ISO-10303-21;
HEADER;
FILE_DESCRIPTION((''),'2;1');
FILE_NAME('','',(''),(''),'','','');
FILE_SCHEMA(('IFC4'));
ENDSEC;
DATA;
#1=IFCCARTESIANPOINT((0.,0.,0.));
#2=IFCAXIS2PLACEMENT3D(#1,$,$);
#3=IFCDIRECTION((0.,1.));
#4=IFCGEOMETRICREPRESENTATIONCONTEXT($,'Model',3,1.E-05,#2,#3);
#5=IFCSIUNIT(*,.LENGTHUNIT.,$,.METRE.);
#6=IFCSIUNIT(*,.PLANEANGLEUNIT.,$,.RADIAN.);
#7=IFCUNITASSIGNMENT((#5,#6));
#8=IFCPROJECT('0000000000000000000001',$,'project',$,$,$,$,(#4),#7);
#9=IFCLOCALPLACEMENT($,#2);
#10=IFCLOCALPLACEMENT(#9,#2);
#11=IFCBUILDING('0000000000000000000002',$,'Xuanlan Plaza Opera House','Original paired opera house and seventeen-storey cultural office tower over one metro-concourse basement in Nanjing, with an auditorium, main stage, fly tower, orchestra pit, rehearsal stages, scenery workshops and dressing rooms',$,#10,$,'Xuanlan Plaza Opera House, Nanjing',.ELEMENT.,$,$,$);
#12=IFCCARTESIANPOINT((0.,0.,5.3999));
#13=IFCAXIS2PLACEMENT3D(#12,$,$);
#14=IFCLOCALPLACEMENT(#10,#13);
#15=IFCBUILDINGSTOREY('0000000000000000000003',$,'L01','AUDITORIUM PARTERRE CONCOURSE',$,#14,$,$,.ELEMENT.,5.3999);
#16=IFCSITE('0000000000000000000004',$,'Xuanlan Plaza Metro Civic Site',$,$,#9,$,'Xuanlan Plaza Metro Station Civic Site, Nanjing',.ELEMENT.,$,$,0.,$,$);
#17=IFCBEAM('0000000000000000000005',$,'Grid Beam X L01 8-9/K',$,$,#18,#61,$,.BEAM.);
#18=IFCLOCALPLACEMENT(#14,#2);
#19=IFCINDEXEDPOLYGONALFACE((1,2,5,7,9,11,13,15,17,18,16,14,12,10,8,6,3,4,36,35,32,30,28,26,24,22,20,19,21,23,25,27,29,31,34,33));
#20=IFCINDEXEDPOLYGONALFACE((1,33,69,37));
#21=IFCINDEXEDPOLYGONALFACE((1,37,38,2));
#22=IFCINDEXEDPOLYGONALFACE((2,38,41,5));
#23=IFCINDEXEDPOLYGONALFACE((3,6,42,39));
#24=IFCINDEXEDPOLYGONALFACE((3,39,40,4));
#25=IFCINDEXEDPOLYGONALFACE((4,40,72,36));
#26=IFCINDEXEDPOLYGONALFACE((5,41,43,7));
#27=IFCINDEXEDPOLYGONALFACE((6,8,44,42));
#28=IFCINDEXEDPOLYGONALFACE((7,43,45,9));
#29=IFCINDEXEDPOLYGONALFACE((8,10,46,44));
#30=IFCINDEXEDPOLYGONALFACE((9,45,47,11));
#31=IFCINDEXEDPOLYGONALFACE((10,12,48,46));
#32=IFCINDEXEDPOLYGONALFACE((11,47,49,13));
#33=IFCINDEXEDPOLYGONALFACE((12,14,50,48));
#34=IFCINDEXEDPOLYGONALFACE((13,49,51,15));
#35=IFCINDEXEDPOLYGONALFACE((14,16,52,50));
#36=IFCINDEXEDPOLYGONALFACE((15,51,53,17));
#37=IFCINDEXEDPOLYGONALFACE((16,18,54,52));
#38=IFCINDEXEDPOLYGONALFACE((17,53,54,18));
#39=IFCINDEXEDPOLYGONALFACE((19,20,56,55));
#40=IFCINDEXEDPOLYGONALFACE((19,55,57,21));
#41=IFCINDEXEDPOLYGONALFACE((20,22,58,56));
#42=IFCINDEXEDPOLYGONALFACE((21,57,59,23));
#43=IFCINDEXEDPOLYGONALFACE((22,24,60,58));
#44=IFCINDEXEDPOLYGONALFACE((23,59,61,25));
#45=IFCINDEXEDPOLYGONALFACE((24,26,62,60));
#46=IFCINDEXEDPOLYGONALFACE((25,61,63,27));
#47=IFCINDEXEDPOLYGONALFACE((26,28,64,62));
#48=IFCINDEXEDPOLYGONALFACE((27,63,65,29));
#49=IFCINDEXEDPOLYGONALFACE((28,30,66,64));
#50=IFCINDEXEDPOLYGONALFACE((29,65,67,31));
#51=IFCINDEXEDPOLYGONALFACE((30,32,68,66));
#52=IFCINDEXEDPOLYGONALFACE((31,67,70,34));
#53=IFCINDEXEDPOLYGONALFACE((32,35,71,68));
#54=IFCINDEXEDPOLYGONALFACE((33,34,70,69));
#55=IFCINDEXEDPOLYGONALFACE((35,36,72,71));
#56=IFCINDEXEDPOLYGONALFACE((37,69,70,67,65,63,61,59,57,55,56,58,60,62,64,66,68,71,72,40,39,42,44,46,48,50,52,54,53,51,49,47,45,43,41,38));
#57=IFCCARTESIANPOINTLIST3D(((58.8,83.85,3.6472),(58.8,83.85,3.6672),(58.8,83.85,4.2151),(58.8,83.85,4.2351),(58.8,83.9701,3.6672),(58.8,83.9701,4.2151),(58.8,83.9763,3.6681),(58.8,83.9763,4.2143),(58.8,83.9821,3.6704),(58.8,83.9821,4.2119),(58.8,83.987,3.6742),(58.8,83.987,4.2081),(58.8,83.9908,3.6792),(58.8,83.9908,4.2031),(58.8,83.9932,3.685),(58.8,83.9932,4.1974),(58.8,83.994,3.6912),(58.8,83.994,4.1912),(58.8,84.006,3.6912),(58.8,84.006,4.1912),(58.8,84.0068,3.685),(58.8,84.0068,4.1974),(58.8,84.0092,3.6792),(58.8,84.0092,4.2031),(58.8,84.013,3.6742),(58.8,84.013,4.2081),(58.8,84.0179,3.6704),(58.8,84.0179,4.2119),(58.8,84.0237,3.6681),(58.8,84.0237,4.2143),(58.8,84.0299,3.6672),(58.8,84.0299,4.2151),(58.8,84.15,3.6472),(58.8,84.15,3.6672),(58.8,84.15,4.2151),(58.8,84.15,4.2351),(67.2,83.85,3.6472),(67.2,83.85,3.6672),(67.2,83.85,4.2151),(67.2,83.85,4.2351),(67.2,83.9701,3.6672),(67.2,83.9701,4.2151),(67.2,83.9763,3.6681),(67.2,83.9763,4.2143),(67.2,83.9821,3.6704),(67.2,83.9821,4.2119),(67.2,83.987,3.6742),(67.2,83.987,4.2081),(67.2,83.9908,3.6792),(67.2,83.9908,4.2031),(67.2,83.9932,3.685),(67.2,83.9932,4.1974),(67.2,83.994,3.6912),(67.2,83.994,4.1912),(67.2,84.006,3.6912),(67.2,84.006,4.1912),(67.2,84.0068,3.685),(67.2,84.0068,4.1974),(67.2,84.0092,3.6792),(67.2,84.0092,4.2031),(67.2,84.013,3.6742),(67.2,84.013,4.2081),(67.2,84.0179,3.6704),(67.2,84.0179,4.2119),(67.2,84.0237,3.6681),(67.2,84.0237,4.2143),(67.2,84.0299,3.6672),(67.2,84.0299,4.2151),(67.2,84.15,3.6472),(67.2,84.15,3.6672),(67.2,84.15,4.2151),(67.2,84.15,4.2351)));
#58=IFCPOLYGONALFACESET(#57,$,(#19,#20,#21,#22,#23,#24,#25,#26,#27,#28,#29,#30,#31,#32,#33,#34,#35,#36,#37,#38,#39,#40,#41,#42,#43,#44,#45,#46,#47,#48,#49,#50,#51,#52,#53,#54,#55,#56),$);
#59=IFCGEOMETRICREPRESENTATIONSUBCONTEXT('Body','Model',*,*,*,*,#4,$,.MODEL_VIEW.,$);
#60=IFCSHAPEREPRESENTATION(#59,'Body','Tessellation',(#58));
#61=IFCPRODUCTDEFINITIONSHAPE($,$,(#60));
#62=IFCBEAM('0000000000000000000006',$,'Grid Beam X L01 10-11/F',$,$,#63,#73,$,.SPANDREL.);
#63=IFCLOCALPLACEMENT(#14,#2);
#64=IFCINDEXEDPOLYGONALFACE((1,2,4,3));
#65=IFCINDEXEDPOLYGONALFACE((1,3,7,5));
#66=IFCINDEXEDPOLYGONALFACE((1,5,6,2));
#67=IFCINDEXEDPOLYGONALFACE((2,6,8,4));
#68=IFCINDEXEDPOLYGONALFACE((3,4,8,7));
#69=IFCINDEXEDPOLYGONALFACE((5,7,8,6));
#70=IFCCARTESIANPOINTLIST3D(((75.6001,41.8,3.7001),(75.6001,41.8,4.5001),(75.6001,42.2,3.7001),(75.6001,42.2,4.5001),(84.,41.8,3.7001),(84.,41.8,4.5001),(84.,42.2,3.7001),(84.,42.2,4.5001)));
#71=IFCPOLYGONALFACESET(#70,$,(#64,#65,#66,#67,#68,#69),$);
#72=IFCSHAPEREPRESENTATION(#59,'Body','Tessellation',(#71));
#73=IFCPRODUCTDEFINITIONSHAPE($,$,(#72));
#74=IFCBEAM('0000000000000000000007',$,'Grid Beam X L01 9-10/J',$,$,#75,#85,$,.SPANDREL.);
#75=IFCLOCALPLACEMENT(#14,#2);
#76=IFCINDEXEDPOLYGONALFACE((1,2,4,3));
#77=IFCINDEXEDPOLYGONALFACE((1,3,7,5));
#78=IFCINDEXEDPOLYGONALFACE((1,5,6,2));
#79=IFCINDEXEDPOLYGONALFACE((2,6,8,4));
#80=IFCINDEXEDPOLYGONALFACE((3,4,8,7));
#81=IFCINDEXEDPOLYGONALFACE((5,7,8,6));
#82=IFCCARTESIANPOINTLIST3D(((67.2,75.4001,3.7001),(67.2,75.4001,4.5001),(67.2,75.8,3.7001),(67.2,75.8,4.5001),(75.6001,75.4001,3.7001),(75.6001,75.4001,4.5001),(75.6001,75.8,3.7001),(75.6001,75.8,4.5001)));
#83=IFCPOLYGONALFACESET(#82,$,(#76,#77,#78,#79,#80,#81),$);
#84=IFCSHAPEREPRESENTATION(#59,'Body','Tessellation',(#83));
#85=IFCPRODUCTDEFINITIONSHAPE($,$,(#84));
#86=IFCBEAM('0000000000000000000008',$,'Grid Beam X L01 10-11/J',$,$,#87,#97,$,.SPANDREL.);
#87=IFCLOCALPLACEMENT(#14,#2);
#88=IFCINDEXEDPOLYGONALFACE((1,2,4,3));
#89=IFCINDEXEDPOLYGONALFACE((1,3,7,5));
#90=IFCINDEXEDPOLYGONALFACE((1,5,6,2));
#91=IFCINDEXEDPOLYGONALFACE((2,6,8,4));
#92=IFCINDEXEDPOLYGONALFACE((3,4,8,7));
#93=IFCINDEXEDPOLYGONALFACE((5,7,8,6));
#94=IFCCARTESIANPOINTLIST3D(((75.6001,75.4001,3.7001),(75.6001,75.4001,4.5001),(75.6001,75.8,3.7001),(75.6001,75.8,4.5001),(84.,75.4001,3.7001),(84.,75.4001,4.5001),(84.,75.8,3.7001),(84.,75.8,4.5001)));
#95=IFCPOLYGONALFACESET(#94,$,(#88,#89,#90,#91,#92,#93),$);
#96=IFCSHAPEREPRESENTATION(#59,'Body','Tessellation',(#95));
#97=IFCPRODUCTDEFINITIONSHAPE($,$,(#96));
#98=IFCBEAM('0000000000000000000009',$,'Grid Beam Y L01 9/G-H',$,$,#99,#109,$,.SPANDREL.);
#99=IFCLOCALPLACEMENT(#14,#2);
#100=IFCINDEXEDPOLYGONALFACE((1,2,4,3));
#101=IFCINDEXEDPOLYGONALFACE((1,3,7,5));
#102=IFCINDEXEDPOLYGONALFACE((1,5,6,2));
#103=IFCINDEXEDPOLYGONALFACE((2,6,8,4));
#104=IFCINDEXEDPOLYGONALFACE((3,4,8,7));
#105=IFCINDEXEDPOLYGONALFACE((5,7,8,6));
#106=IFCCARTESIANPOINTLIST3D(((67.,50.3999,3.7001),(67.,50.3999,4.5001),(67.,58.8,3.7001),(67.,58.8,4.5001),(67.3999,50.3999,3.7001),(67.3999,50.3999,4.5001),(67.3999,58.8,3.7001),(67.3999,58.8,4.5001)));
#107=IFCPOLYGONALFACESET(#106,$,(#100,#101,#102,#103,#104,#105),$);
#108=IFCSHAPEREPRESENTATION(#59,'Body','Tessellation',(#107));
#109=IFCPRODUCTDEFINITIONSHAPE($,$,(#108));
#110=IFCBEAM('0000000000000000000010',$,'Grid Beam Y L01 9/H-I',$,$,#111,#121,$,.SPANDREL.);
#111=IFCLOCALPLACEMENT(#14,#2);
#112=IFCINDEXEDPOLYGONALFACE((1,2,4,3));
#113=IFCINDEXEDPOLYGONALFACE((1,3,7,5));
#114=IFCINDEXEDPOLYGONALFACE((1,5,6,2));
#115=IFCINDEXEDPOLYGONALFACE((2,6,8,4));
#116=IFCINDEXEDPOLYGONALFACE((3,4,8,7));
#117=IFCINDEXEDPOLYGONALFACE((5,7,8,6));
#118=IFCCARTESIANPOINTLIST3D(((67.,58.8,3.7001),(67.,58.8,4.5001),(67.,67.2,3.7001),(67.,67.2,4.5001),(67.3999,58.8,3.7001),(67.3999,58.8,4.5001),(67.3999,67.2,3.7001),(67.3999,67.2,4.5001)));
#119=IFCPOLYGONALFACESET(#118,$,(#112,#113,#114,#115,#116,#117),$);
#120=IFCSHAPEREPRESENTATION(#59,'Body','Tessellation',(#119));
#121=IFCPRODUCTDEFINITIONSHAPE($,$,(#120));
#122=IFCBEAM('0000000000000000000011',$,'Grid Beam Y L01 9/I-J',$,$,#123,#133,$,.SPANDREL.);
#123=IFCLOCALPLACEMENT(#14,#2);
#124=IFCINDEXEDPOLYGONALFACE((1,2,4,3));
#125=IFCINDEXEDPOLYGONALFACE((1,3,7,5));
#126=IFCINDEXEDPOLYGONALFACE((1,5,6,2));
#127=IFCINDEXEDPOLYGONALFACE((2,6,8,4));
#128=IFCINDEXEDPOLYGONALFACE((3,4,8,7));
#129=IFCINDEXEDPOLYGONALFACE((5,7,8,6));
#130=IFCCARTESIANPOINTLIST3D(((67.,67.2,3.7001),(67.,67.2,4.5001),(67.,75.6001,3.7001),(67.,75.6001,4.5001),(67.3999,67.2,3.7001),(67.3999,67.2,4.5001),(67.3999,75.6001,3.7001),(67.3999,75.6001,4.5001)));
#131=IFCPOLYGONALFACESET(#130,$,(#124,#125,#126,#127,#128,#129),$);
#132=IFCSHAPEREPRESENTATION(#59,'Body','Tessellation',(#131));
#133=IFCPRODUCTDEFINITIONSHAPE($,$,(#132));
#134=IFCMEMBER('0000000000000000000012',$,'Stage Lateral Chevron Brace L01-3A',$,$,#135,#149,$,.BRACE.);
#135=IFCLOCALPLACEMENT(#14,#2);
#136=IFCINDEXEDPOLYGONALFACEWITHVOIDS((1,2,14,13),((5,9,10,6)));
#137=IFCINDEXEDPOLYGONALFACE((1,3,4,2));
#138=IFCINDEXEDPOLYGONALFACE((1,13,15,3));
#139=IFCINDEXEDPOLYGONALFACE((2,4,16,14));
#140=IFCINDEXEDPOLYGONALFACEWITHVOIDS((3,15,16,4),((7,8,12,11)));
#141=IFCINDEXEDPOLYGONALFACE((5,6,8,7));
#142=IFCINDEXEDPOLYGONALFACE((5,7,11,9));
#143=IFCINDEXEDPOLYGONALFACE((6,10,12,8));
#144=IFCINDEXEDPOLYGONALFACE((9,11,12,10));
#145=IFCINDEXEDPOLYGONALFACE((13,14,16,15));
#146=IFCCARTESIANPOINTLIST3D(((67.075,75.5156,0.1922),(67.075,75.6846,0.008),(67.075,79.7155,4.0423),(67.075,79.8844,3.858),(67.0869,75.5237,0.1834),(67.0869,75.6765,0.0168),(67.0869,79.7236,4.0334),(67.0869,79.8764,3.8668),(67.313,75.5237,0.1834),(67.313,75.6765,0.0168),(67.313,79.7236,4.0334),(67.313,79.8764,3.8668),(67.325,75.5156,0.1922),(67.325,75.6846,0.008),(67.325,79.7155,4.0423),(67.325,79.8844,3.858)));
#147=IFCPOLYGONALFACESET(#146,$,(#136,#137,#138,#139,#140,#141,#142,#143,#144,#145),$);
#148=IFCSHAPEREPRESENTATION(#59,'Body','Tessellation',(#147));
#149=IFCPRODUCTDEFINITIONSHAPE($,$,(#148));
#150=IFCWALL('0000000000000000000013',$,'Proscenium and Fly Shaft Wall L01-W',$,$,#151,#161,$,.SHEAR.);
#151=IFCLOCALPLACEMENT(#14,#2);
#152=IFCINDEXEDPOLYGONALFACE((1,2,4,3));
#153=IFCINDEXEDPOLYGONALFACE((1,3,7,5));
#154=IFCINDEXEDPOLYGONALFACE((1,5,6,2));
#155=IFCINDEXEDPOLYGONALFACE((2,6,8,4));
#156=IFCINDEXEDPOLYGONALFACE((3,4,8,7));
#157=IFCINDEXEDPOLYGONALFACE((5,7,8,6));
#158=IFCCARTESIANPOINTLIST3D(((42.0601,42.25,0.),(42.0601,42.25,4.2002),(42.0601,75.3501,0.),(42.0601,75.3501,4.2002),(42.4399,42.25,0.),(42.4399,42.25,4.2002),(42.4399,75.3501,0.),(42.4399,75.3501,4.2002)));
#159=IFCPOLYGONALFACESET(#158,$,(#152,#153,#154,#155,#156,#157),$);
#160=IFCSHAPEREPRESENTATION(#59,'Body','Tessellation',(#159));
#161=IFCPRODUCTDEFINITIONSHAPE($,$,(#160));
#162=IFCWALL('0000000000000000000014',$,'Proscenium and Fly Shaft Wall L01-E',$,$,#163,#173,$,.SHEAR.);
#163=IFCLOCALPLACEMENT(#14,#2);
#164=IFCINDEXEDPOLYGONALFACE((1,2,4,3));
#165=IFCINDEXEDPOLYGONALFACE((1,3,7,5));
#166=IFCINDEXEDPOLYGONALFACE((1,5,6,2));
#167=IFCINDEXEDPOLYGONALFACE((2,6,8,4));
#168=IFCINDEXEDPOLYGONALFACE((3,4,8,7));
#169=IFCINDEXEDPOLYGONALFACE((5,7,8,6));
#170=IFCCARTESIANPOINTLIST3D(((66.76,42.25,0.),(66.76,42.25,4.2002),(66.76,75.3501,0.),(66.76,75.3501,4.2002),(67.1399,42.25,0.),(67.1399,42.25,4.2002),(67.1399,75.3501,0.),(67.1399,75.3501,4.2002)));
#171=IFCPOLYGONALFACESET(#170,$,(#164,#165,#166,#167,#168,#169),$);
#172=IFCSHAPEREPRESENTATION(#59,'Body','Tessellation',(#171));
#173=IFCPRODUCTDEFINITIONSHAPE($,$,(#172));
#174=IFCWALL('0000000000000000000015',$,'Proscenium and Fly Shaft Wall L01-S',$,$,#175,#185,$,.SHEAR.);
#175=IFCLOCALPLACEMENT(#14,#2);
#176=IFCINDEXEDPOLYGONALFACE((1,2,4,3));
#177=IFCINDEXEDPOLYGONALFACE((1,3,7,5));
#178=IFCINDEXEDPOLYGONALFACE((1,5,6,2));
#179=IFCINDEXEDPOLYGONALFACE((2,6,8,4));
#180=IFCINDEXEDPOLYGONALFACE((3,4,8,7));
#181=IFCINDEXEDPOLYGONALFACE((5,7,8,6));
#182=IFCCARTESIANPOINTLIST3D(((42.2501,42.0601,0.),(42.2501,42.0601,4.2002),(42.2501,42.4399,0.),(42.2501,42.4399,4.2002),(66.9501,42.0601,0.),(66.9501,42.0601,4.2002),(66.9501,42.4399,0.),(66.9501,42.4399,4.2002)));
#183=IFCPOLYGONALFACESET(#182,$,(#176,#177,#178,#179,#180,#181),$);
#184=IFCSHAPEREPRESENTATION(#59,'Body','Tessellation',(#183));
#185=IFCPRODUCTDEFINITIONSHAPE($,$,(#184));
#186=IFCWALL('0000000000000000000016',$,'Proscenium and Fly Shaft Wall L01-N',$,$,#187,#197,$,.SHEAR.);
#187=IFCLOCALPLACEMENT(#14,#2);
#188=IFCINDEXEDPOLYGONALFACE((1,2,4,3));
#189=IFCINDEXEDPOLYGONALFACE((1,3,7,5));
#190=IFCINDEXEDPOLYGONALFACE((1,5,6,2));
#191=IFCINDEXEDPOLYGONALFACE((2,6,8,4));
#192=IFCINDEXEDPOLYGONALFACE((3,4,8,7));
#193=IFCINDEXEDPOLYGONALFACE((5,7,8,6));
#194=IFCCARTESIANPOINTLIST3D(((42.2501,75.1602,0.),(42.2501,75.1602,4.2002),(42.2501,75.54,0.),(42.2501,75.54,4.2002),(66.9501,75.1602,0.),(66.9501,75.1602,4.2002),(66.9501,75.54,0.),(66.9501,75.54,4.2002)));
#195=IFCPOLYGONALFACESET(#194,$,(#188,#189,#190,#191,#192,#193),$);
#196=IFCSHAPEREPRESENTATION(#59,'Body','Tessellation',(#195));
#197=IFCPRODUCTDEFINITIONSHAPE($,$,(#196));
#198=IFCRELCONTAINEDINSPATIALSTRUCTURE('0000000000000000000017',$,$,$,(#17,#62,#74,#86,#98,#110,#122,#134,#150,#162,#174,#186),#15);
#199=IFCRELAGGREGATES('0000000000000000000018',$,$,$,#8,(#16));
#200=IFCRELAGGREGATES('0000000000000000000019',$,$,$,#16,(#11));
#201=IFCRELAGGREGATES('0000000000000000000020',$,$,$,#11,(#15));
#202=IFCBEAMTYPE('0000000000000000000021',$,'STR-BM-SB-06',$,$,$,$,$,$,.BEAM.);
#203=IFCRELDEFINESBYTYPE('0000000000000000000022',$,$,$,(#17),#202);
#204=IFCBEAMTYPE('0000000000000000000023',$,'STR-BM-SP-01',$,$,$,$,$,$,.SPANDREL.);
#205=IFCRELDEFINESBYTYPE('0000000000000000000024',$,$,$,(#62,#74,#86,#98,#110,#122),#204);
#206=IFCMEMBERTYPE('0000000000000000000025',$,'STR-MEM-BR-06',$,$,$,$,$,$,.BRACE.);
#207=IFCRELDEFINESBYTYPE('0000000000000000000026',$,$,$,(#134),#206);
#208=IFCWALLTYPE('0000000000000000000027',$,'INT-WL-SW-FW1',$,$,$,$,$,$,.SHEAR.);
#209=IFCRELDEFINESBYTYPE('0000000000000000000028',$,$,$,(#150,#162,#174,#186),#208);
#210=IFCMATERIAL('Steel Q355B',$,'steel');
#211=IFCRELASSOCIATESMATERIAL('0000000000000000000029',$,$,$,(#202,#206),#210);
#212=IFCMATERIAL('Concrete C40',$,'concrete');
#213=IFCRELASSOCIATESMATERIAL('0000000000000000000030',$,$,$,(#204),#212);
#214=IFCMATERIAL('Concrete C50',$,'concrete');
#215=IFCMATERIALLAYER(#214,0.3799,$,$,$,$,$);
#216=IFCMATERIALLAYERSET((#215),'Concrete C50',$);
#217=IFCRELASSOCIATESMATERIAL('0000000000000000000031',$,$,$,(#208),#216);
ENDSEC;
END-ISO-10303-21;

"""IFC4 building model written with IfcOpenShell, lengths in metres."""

from ifc_helpers import new_model, si_unit, direction, frame, frame_2d, origin, origin_2d, place, context, subcontext, project, spatial, rectangle, hollow_rectangle, i_section, extrude, material, layer, layer_set, material_profile, profile_set, type_object, element, save


model = new_model("IFC4")

# Units and contexts
model_context = context("Model", 3, precision=1e-05, world=origin(), true_north=direction((0.0, 1.0)))
body_context = subcontext(model_context, "Body", "Model", "MODEL_VIEW")
ifc_project = project(units=[si_unit("LENGTHUNIT", "METRE"), si_unit("PLANEANGLEUNIT", "RADIAN")], contexts=[model_context])

# Site, building, storey
site_placement = place(None, origin())
site = spatial("IfcSite", under=ifc_project, at=site_placement, Name="Xuanlan Plaza Metro Civic Site", LongName="Xuanlan Plaza Metro Station Civic Site, Nanjing", CompositionType="ELEMENT", RefElevation=0.0)
building_placement = place(site_placement, origin())
building = spatial("IfcBuilding", under=site, at=building_placement, Name="Xuanlan Plaza Opera House", Description="Original paired opera house and seventeen-storey cultural office tower over one metro-concourse basement in Nanjing, with an auditorium, main stage, fly tower, orchestra pit, rehearsal stages, scenery workshops and dressing rooms", LongName="Xuanlan Plaza Opera House, Nanjing", CompositionType="ELEMENT")
storey_placement = place(building_placement, frame((0.0, 0.0, 5.3999)))
storey = spatial("IfcBuildingStorey", under=building, at=storey_placement, Name="L01", Description="AUDITORIUM PARTERRE CONCOURSE", CompositionType="ELEMENT", Elevation=5.3999)

# Shared definitions
ifc_material_1 = material(Name="Concrete C50", Category="concrete")
ifc_material_2 = material(Name="Concrete C40", Category="concrete")

# Beams
ifc_material_3 = material(Name="Steel Q355B", Category="steel")
ifc_material_profile_1 = material_profile(ifc_material_3, i_section(OverallWidth=0.3, OverallDepth=0.5879, WebThickness=0.012, FlangeThickness=0.02, FilletRadius=0.0239, at=origin_2d()), Name="HM 588x300x12x20")
ifc_profile_set_1 = profile_set([ifc_material_profile_1], Name="Steel Q355B")
beam_type_1 = type_object("IfcBeamType", Name="STR-BM-SB-06", PredefinedType="BEAM", material=ifc_profile_set_1)
beam_1_placement = place(storey_placement, frame((58.8, 84.0, 3.9412), z_axis=(1.0, 0.0, 0.0), x_axis=(0.0, 1.0, 0.0)))
element("IfcBeam", 1, at=beam_1_placement, inside=storey, type_object=beam_type_1, Name="Grid Beam X L01 8-9/K", PredefinedType="BEAM", context=body_context, shape_type="SweptSolid", body=[
    extrude(i_section(OverallWidth=0.3, OverallDepth=0.5879, WebThickness=0.012, FlangeThickness=0.02, FilletRadius=0.0239, at=origin_2d()), origin(), (0.0, 0.0, 1.0), 8.3999),
])
ifc_material_profile_2 = material_profile(ifc_material_2, rectangle(XDim=0.3999, YDim=0.8, at=origin_2d()), Name="RC-SPD 400x800")
ifc_profile_set_2 = profile_set([ifc_material_profile_2], Name="Concrete C40")
beam_type_2 = type_object("IfcBeamType", Name="STR-BM-SP-01", PredefinedType="SPANDREL", material=ifc_profile_set_2)
beam_2_placement = place(storey_placement, frame((75.6001, 42.0, 4.1001), z_axis=(1.0, 0.0, 0.0), x_axis=(0.0, 1.0, 0.0)))
element("IfcBeam", 2, at=beam_2_placement, inside=storey, type_object=beam_type_2, Name="Grid Beam X L01 10-11/F", PredefinedType="SPANDREL", context=body_context, shape_type="SweptSolid", body=[
    extrude(rectangle(XDim=0.3999, YDim=0.8, at=origin_2d()), origin(), (0.0, 0.0, 1.0), 8.3999),
])
beam_3_placement = place(storey_placement, frame((67.2, 75.6001, 4.1001), z_axis=(1.0, 0.0, 0.0), x_axis=(0.0, 1.0, 0.0)))
element("IfcBeam", 3, at=beam_3_placement, inside=storey, type_object=beam_type_2, Name="Grid Beam X L01 9-10/J", PredefinedType="SPANDREL", context=body_context, shape_type="SweptSolid", body=[
    extrude(rectangle(XDim=0.3999, YDim=0.8, at=origin_2d()), origin(), (0.0, 0.0, 1.0), 8.4001),
])
beam_4_placement = place(storey_placement, frame((75.6001, 75.6001, 4.1001), z_axis=(1.0, 0.0, 0.0), x_axis=(0.0, 1.0, 0.0)))
element("IfcBeam", 4, at=beam_4_placement, inside=storey, type_object=beam_type_2, Name="Grid Beam X L01 10-11/J", PredefinedType="SPANDREL", context=body_context, shape_type="SweptSolid", body=[
    extrude(rectangle(XDim=0.3999, YDim=0.8, at=origin_2d()), origin(), (0.0, 0.0, 1.0), 8.3999),
])
beam_5_placement = place(storey_placement, frame((67.2, 50.3999, 4.1001), z_axis=(0.0, 1.0, 0.0), x_axis=(-1.0, 0.0, 0.0)))
element("IfcBeam", 5, at=beam_5_placement, inside=storey, type_object=beam_type_2, Name="Grid Beam Y L01 9/G-H", PredefinedType="SPANDREL", context=body_context, shape_type="SweptSolid", body=[
    extrude(rectangle(XDim=0.3999, YDim=0.8, at=origin_2d()), origin(), (0.0, 0.0, 1.0), 8.4001),
])
beam_6_placement = place(storey_placement, frame((67.2, 58.8, 4.1001), z_axis=(0.0, 1.0, 0.0), x_axis=(-1.0, 0.0, 0.0)))
element("IfcBeam", 6, at=beam_6_placement, inside=storey, type_object=beam_type_2, Name="Grid Beam Y L01 9/H-I", PredefinedType="SPANDREL", context=body_context, shape_type="SweptSolid", body=[
    extrude(rectangle(XDim=0.3999, YDim=0.8, at=origin_2d()), origin(), (0.0, 0.0, 1.0), 8.3999),
])
beam_7_placement = place(storey_placement, frame((67.2, 67.2, 4.1001), z_axis=(0.0, 1.0, 0.0), x_axis=(-1.0, 0.0, 0.0)))
element("IfcBeam", 7, at=beam_7_placement, inside=storey, type_object=beam_type_2, Name="Grid Beam Y L01 9/I-J", PredefinedType="SPANDREL", context=body_context, shape_type="SweptSolid", body=[
    extrude(rectangle(XDim=0.3999, YDim=0.8, at=origin_2d()), origin(), (0.0, 0.0, 1.0), 8.4001),
])

# Member
ifc_material_profile_3 = material_profile(ifc_material_3, hollow_rectangle(XDim=0.25, YDim=0.25, WallThickness=0.012, at=origin_2d()), Name="SHS 250x250x12")
ifc_profile_set_3 = profile_set([ifc_material_profile_3], Name="Steel Q355B")
member_type = type_object("IfcMemberType", Name="STR-MEM-BR-06", PredefinedType="BRACE", material=ifc_profile_set_3)
member_placement = place(storey_placement, frame((67.2, 75.6001, 0.1001), z_axis=(0.0, 0.737142, 0.675738), x_axis=(-1.0, 0.0, 0.0)))
element("IfcMember", 8, at=member_placement, inside=storey, type_object=member_type, Name="Stage Lateral Chevron Brace L01-3A", PredefinedType="BRACE", context=body_context, shape_type="SweptSolid", body=[
    extrude(hollow_rectangle(XDim=0.25, YDim=0.25, WallThickness=0.012, at=origin_2d()), origin(), (0.0, 0.0, 1.0), 5.6975),
])

# Walls
ifc_layer = layer(ifc_material_1, 0.3799)
ifc_layer_set = layer_set([ifc_layer], Name="Concrete C50")
wall_type = type_object("IfcWallType", Name="INT-WL-SW-FW1", PredefinedType="SHEAR", material=ifc_layer_set)
for number, where, z_axis, x_axis, name in (
    (9, (42.25, 42.25, 0.0), (0.0, 0.0, 1.0), (0.0, 1.0, 0.0), "Proscenium and Fly Shaft Wall L01-W"),
    (10, (66.95, 42.25, 0.0), (0.0, 0.0, 1.0), (0.0, 1.0, 0.0), "Proscenium and Fly Shaft Wall L01-E"),
):
    element("IfcWall", number, at=place(storey_placement, frame(where, z_axis=z_axis, x_axis=x_axis)), inside=storey, type_object=wall_type, Name=name, PredefinedType="SHEAR", context=body_context, shape_type="SweptSolid", body=[
        extrude(rectangle(XDim=33.1001, YDim=0.3799, at=frame_2d((16.55, 0.0))), origin(), (0.0, 0.0, 1.0), 4.2002),
    ])
for number, where, z_axis, x_axis, name in (
    (11, (42.25, 42.25, 0.0), (0.0, 0.0, 1.0), (1.0, 0.0, 0.0), "Proscenium and Fly Shaft Wall L01-S"),
    (12, (42.25, 75.3501, 0.0), (0.0, 0.0, 1.0), (1.0, 0.0, 0.0), "Proscenium and Fly Shaft Wall L01-N"),
):
    element("IfcWall", number, at=place(storey_placement, frame(where, z_axis=z_axis, x_axis=x_axis)), inside=storey, type_object=wall_type, Name=name, PredefinedType="SHEAR", context=body_context, shape_type="SweptSolid", body=[
        extrude(rectangle(XDim=24.7, YDim=0.3799, at=frame_2d((12.3501, 0.0))), origin(), (0.0, 0.0, 1.0), 4.2002),
    ])

save(model, "model.ifc")
